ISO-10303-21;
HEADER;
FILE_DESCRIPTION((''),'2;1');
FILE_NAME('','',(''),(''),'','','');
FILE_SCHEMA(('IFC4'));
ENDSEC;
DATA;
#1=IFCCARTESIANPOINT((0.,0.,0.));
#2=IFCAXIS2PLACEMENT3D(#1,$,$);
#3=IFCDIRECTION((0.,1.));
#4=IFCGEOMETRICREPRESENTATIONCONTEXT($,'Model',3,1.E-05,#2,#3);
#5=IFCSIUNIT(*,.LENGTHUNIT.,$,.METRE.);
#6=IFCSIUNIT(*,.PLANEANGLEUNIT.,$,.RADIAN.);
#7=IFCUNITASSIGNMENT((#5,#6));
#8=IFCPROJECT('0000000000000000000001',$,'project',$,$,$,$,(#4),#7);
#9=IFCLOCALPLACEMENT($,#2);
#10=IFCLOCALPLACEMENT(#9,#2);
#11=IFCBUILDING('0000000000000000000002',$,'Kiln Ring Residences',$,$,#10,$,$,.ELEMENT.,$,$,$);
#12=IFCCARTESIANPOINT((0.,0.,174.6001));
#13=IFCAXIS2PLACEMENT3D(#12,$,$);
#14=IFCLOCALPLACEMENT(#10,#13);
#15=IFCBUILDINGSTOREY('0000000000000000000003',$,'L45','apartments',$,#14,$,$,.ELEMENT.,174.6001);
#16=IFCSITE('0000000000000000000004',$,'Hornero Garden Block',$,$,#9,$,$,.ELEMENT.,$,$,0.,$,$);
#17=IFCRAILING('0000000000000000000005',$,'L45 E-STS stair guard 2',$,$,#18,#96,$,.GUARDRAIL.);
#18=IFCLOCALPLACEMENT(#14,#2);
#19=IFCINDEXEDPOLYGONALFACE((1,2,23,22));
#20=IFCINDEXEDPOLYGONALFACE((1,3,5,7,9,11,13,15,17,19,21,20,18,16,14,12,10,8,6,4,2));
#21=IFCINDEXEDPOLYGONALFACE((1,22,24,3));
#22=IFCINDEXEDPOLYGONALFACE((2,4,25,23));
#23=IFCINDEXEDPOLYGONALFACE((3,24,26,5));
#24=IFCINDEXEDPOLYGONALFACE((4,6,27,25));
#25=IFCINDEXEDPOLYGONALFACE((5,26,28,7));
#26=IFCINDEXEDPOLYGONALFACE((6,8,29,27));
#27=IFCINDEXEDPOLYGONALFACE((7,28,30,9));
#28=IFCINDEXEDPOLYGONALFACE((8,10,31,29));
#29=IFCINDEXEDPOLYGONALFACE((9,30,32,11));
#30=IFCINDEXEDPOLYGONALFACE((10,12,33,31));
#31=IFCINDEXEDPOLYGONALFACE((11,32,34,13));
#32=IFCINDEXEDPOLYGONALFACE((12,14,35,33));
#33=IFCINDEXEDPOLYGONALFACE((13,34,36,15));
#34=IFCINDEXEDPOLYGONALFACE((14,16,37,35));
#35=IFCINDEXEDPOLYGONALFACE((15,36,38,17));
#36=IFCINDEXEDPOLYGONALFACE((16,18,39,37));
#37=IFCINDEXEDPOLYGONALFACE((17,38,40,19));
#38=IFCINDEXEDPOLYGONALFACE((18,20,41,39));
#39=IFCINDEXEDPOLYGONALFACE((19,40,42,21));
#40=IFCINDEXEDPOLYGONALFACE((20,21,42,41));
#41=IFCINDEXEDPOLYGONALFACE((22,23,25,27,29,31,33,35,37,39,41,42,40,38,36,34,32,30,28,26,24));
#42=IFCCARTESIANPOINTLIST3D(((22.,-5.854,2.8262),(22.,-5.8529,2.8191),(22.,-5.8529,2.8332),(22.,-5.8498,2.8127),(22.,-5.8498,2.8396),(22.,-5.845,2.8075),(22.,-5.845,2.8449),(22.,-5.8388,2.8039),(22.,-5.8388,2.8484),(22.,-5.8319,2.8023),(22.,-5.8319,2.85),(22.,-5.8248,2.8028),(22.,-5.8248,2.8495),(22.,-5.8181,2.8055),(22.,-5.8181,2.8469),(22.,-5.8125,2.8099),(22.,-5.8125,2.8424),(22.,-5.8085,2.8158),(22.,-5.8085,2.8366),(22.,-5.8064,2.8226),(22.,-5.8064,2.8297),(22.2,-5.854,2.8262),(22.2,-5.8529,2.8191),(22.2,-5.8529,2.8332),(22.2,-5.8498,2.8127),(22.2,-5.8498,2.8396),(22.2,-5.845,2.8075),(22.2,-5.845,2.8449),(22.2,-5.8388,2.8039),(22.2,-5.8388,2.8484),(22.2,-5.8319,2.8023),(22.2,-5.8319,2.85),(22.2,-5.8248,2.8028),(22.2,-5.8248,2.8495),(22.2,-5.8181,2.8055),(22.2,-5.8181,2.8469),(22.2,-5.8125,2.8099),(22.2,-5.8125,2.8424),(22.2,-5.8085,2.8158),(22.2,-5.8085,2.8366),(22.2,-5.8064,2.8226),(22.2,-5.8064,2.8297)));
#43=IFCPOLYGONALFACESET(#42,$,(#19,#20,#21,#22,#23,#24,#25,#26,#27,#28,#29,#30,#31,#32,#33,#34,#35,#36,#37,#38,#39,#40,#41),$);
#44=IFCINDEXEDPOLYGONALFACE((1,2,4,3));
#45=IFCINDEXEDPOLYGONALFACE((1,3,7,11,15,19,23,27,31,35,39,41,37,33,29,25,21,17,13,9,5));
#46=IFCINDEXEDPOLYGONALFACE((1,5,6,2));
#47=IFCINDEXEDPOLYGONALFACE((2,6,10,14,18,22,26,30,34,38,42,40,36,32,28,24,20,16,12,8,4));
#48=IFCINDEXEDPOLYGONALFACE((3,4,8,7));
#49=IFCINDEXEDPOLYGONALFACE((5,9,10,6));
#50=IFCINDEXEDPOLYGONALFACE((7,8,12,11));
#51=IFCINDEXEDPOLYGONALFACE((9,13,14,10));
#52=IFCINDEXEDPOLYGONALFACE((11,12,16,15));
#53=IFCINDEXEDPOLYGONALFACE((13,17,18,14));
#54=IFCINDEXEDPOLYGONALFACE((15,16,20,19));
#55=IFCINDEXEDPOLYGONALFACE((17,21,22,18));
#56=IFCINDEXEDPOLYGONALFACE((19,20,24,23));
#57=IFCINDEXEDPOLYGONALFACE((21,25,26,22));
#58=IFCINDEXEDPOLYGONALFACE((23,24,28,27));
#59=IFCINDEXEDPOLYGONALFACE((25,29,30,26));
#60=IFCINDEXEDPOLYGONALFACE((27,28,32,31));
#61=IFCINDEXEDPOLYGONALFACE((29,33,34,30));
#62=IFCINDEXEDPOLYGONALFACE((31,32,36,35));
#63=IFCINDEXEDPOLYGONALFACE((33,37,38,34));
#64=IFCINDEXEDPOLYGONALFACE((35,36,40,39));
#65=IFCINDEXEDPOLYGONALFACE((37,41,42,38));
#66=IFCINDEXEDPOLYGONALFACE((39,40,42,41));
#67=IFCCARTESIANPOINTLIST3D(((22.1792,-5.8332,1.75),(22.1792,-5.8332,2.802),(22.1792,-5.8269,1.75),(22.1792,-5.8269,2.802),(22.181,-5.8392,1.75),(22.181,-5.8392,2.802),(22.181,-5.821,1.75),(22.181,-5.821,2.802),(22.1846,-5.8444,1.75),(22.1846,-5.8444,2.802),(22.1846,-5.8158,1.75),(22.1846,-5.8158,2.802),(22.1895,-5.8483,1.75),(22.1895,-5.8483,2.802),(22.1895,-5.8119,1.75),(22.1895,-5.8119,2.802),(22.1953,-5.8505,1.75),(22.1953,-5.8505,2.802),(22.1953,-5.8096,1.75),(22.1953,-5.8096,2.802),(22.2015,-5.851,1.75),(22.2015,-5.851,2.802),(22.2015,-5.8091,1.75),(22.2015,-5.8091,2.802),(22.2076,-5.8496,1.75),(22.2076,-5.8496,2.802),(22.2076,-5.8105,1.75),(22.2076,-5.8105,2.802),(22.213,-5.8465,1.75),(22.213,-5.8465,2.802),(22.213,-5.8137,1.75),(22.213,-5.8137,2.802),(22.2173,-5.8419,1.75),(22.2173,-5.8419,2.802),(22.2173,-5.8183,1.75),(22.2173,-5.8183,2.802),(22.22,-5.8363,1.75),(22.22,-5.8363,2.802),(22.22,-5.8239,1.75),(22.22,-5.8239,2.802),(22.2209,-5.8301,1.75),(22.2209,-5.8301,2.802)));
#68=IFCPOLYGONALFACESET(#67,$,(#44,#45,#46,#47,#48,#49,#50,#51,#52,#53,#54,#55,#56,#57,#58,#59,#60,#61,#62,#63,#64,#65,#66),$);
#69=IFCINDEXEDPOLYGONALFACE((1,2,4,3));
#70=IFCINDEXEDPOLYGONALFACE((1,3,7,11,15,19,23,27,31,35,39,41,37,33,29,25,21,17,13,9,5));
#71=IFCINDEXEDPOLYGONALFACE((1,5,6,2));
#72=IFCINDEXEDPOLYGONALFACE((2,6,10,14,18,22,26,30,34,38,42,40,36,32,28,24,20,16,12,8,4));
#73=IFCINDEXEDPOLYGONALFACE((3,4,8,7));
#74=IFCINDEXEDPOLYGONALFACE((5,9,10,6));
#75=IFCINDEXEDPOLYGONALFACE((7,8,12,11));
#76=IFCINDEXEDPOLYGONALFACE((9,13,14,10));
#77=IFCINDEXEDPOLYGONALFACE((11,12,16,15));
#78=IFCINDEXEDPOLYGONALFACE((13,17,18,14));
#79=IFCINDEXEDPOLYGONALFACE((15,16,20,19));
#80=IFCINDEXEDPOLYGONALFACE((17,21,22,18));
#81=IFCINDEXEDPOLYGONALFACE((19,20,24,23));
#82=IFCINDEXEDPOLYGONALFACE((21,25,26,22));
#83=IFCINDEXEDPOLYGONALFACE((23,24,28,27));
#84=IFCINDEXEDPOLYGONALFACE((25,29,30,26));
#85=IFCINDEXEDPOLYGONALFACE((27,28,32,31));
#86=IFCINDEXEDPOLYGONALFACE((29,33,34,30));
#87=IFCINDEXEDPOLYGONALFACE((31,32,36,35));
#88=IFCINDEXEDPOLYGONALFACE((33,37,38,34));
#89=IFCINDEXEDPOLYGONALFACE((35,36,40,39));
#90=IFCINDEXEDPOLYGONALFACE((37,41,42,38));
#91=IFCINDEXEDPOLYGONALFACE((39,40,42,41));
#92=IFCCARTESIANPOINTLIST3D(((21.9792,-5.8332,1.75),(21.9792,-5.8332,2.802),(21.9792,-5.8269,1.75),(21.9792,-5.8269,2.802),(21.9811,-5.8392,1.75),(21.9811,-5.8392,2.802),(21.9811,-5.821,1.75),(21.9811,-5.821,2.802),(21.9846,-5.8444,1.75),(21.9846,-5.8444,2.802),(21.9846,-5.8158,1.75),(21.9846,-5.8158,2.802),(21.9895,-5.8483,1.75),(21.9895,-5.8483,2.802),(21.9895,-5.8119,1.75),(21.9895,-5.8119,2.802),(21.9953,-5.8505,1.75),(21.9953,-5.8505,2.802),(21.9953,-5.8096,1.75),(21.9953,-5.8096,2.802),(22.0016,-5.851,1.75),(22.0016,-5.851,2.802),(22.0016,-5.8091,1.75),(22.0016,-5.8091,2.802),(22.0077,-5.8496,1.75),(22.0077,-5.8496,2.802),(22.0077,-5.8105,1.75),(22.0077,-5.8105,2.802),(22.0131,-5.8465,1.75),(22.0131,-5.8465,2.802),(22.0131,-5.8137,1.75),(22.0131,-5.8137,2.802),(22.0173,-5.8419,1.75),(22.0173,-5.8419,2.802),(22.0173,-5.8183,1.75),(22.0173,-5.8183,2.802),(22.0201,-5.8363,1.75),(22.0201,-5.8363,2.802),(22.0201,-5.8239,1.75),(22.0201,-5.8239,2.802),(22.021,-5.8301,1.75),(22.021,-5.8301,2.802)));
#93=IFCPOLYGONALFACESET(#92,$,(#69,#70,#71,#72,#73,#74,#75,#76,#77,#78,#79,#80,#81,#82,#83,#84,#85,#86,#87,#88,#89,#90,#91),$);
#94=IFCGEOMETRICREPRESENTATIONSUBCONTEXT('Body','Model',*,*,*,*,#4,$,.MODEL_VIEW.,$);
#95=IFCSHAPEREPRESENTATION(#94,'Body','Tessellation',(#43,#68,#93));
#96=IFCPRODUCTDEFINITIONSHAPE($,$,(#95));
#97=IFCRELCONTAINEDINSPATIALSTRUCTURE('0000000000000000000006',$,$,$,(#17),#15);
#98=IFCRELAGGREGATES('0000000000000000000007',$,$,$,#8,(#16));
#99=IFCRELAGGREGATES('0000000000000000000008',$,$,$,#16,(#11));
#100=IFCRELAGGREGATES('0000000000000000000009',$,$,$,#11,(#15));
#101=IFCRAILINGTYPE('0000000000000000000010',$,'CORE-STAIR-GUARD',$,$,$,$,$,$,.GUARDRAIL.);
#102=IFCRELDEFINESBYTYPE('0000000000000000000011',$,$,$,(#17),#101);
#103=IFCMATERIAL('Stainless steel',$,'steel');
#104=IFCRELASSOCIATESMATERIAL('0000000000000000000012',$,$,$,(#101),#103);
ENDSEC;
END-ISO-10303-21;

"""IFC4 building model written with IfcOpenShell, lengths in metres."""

from ifc_helpers import new_model, si_unit, direction, frame, origin, origin_2d, place, context, subcontext, project, spatial, circle, extrude, material, type_object, element, save


model = new_model("IFC4")

# Units and contexts
model_context = context("Model", 3, precision=1e-05, world=origin(), true_north=direction((0.0, 1.0)))
body_context = subcontext(model_context, "Body", "Model", "MODEL_VIEW")
ifc_project = project(units=[si_unit("LENGTHUNIT", "METRE"), si_unit("PLANEANGLEUNIT", "RADIAN")], contexts=[model_context])

# Site, building, storey
site_placement = place(None, origin())
site = spatial("IfcSite", under=ifc_project, at=site_placement, Name="Hornero Garden Block", CompositionType="ELEMENT", RefElevation=0.0)
building_placement = place(site_placement, origin())
building = spatial("IfcBuilding", under=site, at=building_placement, Name="Kiln Ring Residences", CompositionType="ELEMENT")
storey_placement = place(building_placement, frame((0.0, 0.0, 174.6001)))
storey = spatial("IfcBuildingStorey", under=building, at=storey_placement, Name="L45", Description="apartments", CompositionType="ELEMENT", Elevation=174.6001)

# Railing
ifc_material_1 = material(Name="Stainless steel", Category="steel")
railing_type_1 = type_object("IfcRailingType", Name="CORE-STAIR-GUARD", PredefinedType="GUARDRAIL", material=ifc_material_1)
railing_1_placement = place(storey_placement, frame((22.2, -5.8301, 1.75)))
element("IfcRailing", 1, at=railing_1_placement, inside=storey, type_object=railing_type_1, Name="L45 E-STS stair guard 2", PredefinedType="GUARDRAIL", context=body_context, shape_type="SweptSolid", body=[
    extrude(circle(Radius=0.0239, at=origin_2d()), frame((0.0, 0.0, 1.0762), z_axis=(-1.0, 0.0, 0.0), x_axis=(0.0, -1.0, 0.0)), (0.0, 0.0, 1.0), 0.2),
    extrude(circle(Radius=0.021, at=origin_2d()), origin(), (0.0, 0.0, 1.0), 1.052),
    extrude(circle(Radius=0.021, at=origin_2d()), frame((-0.2, 0.0, 0.0)), (0.0, 0.0, 1.0), 1.052),
])

save(model, "model.ifc")
